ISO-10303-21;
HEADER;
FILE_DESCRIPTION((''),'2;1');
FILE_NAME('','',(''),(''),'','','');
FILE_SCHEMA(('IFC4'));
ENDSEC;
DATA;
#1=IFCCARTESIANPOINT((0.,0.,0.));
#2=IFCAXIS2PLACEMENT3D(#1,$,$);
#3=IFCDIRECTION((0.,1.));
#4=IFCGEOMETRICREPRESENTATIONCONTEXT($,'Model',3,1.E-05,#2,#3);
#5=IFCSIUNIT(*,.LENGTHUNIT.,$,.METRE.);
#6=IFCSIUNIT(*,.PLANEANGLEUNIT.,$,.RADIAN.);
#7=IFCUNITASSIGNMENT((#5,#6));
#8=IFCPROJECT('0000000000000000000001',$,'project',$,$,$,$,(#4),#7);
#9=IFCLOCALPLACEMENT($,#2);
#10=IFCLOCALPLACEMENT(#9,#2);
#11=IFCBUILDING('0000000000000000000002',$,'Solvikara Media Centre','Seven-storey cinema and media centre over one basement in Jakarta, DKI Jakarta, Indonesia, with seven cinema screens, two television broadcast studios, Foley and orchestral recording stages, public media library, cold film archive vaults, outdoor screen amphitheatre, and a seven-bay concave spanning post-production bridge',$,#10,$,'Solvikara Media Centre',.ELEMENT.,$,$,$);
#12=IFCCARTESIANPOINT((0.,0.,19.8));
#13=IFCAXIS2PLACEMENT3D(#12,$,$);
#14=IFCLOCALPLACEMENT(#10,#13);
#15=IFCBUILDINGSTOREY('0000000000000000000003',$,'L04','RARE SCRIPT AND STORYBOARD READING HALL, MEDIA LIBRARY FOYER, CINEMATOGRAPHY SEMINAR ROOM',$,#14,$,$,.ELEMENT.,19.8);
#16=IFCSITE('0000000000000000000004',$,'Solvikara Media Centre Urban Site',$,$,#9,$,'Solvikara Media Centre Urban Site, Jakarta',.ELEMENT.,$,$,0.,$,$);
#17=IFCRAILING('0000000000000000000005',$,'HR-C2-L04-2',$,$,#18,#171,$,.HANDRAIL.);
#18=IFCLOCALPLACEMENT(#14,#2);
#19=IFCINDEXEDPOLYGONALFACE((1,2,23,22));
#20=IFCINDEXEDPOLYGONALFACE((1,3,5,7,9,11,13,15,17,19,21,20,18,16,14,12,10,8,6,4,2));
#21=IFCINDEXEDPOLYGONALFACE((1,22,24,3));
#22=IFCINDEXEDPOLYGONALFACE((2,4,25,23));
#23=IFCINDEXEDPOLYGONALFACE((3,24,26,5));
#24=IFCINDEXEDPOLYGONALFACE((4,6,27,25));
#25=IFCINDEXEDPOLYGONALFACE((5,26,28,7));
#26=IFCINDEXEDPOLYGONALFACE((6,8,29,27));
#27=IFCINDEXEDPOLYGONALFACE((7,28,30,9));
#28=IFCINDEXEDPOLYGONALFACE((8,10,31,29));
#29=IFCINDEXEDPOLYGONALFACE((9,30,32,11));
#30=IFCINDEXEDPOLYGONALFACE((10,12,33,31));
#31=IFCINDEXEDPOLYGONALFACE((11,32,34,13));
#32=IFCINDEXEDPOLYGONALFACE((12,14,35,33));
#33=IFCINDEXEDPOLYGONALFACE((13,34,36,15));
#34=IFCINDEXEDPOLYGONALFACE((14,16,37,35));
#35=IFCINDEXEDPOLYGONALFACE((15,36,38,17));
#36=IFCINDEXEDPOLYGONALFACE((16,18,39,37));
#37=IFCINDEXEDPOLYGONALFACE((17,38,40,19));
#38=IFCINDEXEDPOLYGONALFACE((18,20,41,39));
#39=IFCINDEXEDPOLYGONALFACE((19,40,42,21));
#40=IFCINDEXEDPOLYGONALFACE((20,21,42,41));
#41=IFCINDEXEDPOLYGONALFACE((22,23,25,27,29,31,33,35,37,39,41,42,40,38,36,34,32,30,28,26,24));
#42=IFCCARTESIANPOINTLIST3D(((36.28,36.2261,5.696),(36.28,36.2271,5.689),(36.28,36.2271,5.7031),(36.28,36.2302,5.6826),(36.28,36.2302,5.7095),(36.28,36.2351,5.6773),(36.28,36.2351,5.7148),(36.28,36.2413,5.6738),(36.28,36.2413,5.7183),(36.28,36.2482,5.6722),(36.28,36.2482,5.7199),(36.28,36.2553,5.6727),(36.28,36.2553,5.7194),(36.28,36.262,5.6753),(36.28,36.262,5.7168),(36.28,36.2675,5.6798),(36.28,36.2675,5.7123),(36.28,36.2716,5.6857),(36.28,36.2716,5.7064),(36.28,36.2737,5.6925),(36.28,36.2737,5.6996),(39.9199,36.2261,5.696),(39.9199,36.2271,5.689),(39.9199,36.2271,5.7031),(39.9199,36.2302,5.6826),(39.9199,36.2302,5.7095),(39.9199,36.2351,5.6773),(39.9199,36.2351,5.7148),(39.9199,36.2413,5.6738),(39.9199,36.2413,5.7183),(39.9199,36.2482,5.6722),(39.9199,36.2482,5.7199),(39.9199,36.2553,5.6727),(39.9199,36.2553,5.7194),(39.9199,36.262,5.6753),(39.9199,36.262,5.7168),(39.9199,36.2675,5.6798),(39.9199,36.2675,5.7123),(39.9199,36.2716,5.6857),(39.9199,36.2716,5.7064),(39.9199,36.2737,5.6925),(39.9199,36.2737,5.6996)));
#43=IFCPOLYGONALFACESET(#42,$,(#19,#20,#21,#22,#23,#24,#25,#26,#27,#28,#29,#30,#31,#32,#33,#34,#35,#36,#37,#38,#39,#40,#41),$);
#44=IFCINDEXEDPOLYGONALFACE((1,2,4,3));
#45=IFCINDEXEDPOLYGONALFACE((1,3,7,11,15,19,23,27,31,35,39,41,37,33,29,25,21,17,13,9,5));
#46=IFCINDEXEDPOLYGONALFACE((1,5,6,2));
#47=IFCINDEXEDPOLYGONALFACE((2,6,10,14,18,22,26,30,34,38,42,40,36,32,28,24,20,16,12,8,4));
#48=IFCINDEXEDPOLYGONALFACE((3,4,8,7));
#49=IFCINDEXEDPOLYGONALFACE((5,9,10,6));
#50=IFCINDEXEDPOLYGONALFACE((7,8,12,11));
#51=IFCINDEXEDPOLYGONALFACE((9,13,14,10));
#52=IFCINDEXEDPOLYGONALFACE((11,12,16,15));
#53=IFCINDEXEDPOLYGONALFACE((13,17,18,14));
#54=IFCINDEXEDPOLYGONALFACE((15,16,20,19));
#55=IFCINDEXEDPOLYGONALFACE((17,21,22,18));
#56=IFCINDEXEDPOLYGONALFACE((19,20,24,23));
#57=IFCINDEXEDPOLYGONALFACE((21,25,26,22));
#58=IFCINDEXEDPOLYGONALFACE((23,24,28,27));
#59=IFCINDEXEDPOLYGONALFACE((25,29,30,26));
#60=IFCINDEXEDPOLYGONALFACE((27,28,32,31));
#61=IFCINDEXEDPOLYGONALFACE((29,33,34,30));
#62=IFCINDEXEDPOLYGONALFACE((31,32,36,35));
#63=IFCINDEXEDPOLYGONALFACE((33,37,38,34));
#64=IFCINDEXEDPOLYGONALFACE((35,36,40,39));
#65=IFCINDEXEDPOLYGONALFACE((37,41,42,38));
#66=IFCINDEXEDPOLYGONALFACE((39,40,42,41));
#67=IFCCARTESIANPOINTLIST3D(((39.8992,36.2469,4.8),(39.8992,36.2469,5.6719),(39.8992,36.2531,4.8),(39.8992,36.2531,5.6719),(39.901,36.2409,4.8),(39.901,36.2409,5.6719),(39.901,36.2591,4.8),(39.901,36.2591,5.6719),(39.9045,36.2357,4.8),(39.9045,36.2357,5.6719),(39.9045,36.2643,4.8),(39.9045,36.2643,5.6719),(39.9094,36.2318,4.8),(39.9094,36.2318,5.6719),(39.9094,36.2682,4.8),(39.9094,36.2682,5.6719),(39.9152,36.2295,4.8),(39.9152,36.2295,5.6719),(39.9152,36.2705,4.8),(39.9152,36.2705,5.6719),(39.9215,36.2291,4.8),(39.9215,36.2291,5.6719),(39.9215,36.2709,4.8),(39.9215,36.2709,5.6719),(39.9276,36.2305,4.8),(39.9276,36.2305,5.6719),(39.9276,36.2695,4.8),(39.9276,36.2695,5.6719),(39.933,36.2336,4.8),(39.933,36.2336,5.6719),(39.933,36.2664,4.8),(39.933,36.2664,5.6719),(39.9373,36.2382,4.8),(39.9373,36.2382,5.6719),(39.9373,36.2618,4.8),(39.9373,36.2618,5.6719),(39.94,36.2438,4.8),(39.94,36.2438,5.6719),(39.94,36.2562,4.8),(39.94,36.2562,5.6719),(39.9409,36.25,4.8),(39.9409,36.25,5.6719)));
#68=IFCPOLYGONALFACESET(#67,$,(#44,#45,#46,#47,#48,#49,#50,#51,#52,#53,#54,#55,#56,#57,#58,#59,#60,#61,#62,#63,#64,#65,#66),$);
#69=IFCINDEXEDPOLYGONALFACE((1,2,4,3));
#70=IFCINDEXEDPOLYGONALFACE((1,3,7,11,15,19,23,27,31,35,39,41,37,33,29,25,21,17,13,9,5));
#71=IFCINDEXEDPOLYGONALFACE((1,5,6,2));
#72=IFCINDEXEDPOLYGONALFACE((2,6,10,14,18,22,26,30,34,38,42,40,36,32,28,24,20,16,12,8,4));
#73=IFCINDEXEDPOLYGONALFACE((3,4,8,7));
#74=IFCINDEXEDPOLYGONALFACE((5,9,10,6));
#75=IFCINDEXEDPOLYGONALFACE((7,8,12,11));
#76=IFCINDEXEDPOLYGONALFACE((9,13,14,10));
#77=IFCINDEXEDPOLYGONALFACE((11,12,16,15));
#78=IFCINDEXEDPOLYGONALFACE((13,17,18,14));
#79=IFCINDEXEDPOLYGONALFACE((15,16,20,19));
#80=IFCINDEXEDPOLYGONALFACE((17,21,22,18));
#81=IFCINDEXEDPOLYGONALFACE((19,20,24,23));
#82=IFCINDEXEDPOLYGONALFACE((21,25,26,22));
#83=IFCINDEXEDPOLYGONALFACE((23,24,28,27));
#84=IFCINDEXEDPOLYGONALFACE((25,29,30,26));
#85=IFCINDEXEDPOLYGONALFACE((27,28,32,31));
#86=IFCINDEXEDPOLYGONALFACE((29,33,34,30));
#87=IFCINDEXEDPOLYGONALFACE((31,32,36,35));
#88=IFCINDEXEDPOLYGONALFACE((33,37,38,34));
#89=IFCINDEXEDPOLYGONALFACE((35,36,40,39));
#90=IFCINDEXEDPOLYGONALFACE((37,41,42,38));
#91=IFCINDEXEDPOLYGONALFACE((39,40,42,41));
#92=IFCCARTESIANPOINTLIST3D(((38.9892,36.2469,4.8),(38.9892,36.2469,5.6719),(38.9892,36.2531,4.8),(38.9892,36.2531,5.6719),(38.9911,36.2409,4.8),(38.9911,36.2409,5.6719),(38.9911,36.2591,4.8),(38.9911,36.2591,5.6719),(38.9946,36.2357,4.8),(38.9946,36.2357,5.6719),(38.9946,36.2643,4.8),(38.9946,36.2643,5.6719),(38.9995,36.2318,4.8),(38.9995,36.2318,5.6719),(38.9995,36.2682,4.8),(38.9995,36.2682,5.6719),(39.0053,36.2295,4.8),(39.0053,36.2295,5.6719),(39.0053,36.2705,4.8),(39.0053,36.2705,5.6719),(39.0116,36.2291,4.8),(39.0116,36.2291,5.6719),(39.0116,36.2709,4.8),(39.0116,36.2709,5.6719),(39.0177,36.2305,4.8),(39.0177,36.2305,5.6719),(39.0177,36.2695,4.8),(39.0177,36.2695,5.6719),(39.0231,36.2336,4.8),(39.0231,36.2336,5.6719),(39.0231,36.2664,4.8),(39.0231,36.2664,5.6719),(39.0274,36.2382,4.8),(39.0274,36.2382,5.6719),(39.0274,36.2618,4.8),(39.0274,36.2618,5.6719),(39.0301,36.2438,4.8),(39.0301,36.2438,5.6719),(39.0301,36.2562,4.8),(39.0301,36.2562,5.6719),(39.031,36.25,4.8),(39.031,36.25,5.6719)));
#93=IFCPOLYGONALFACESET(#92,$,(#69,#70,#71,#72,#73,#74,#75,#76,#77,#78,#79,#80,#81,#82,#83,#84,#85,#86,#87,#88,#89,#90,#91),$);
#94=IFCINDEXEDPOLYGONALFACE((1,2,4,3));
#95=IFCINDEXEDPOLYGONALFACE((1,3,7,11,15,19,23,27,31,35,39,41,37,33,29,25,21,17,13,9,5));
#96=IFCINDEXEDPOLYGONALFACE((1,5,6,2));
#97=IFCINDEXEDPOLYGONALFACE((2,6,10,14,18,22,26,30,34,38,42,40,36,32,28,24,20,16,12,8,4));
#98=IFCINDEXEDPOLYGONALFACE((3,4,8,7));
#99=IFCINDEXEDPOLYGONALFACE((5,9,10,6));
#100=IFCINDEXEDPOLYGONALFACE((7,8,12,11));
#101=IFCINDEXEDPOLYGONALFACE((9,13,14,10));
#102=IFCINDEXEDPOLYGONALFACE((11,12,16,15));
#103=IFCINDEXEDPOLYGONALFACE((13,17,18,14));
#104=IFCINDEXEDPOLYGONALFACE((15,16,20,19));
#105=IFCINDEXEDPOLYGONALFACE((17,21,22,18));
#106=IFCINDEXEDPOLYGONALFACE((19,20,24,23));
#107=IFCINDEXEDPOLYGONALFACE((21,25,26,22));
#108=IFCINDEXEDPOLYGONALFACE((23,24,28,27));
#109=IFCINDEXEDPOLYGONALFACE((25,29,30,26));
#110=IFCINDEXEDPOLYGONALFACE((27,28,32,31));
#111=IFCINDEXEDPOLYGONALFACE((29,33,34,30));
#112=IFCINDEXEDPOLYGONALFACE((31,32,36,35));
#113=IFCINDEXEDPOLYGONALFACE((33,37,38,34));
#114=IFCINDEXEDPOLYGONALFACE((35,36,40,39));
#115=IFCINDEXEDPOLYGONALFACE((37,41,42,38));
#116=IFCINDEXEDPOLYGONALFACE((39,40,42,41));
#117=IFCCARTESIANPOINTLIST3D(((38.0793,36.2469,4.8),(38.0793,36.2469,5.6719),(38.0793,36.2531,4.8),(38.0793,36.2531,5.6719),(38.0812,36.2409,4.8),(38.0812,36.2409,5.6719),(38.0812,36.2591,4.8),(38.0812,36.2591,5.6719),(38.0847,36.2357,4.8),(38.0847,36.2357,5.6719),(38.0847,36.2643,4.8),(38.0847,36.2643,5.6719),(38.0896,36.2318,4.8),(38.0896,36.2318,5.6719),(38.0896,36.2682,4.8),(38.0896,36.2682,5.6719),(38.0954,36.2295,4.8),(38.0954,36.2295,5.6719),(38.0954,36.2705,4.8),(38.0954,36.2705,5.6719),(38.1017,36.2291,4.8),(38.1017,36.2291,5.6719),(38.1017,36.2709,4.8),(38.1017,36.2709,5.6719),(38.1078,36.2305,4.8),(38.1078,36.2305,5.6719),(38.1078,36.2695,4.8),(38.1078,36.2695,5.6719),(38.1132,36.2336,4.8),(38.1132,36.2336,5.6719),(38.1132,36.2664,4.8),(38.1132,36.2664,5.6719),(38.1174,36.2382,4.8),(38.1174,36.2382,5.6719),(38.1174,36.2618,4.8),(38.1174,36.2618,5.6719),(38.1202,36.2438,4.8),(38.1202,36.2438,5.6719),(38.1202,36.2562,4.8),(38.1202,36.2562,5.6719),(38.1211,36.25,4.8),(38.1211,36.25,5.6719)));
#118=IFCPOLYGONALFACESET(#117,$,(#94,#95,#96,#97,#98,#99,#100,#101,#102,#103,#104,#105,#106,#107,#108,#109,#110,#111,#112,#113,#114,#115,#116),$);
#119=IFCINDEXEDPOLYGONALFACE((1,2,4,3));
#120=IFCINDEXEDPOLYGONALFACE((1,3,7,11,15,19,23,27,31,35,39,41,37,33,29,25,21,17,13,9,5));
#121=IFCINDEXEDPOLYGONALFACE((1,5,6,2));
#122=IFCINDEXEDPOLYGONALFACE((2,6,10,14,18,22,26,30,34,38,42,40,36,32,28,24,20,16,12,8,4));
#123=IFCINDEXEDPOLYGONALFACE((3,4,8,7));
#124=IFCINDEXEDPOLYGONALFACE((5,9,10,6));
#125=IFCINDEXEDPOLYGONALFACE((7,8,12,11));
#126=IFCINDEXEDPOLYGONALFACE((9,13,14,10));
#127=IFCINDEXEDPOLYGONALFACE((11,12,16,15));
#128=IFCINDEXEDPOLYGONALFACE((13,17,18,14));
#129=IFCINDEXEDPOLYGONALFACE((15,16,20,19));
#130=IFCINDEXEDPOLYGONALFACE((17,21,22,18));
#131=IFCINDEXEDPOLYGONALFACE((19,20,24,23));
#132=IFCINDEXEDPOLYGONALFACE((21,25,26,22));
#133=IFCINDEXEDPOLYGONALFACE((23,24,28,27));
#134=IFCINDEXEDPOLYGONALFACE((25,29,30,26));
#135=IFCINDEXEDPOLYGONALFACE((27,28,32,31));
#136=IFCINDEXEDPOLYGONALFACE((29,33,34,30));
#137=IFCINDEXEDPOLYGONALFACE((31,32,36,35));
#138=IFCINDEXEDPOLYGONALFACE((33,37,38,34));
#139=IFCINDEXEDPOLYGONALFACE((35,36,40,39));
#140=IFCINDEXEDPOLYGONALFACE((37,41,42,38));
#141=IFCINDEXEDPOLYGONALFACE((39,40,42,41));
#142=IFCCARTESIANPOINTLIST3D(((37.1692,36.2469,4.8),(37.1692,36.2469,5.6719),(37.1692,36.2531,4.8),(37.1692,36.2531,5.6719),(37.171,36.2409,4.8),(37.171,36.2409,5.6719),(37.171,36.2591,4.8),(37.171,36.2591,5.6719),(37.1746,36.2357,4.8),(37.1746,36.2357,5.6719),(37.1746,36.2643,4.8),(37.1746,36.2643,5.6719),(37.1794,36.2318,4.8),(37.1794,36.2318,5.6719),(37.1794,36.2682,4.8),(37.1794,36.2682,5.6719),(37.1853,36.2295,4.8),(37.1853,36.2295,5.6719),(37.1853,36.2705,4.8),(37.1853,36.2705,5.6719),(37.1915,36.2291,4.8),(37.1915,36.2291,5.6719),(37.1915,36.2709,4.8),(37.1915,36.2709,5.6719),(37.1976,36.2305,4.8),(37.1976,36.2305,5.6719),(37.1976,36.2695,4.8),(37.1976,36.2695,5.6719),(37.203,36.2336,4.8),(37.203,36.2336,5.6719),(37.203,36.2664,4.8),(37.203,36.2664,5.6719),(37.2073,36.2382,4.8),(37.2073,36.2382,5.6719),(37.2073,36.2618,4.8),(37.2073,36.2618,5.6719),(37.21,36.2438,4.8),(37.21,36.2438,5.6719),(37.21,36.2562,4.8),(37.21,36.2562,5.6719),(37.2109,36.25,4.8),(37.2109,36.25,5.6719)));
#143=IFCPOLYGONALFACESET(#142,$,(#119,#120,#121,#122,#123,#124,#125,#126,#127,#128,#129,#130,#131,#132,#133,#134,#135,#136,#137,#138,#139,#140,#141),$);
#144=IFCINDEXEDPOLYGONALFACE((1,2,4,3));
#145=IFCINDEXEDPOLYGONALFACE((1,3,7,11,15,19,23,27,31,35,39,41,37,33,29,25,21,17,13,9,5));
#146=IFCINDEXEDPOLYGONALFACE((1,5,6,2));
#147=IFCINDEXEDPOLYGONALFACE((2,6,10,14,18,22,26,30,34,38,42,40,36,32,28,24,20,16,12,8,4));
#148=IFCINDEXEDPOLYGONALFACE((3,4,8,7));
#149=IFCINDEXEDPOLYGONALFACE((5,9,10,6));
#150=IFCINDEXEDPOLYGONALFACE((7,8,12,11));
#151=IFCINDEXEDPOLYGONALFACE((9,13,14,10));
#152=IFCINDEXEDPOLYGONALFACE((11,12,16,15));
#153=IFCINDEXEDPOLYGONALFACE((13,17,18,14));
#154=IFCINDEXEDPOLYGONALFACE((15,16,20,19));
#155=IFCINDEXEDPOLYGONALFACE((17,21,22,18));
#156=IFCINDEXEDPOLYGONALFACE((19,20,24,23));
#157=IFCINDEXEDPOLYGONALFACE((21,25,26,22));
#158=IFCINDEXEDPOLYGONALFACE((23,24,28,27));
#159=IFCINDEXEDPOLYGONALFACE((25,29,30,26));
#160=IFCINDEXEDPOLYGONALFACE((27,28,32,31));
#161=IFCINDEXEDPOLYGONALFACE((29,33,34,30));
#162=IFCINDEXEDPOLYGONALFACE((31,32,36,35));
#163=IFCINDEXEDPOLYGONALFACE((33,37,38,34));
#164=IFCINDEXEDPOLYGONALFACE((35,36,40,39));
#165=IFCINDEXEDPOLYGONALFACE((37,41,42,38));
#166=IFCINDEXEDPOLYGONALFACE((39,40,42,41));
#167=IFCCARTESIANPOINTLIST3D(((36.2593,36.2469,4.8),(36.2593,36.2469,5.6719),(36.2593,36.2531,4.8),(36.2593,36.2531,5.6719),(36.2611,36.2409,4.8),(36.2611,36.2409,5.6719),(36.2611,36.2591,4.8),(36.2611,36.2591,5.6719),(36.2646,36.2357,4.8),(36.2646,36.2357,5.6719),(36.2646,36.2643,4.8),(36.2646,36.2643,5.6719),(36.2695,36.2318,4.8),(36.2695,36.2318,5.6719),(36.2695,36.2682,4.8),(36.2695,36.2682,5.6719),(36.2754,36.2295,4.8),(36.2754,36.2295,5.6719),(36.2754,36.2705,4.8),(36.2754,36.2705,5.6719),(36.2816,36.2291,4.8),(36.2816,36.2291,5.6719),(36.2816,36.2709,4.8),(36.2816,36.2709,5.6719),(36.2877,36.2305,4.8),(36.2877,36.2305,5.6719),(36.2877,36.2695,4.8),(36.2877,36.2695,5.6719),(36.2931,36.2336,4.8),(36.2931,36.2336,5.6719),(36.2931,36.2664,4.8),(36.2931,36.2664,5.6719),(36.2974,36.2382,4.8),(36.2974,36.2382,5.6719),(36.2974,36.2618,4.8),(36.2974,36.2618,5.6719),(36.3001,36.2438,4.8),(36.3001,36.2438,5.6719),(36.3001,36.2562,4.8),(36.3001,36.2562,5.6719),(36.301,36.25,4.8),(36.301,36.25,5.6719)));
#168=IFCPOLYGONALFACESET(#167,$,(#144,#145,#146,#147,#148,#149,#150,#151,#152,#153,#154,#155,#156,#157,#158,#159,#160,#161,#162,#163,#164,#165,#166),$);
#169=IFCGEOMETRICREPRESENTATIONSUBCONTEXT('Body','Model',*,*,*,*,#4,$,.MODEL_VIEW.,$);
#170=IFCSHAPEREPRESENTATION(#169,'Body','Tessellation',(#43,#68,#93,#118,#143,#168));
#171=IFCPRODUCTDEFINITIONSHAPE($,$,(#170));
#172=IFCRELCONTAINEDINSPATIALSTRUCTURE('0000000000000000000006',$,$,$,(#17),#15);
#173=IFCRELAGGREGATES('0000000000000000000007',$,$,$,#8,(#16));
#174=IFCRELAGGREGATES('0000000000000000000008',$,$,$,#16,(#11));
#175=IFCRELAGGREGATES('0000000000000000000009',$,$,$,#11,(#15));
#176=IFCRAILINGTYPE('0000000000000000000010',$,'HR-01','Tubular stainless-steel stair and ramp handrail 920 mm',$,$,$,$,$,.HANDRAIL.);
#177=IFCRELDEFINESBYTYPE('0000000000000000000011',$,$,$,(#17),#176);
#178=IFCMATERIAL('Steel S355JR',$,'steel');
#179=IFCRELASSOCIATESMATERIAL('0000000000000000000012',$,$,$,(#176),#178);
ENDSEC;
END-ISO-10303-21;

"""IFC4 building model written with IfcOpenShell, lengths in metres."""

from ifc_helpers import new_model, si_unit, direction, frame, origin, origin_2d, place, context, subcontext, project, spatial, circle, extrude, material, type_object, element, save


model = new_model("IFC4")

# Units and contexts
model_context = context("Model", 3, precision=1e-05, world=origin(), true_north=direction((0.0, 1.0)))
body_context = subcontext(model_context, "Body", "Model", "MODEL_VIEW")
ifc_project = project(units=[si_unit("LENGTHUNIT", "METRE"), si_unit("PLANEANGLEUNIT", "RADIAN")], contexts=[model_context])

# Site, building, storey
site_placement = place(None, origin())
site = spatial("IfcSite", under=ifc_project, at=site_placement, Name="Solvikara Media Centre Urban Site", LongName="Solvikara Media Centre Urban Site, Jakarta", CompositionType="ELEMENT", RefElevation=0.0)
building_placement = place(site_placement, origin())
building = spatial("IfcBuilding", under=site, at=building_placement, Name="Solvikara Media Centre", Description="Seven-storey cinema and media centre over one basement in Jakarta, DKI Jakarta, Indonesia, with seven cinema screens, two television broadcast studios, Foley and orchestral recording stages, public media library, cold film archive vaults, outdoor screen amphitheatre, and a seven-bay concave spanning post-production bridge", LongName="Solvikara Media Centre", CompositionType="ELEMENT")
storey_placement = place(building_placement, frame((0.0, 0.0, 19.8)))
storey = spatial("IfcBuildingStorey", under=building, at=storey_placement, Name="L04", Description="RARE SCRIPT AND STORYBOARD READING HALL, MEDIA LIBRARY FOYER, CINEMATOGRAPHY SEMINAR ROOM", CompositionType="ELEMENT", Elevation=19.8)

# Shared definitions
ifc_material_1 = material(Name="Steel S355JR", Category="steel")

# Railing
railing_type_1 = type_object("IfcRailingType", Name="HR-01", Description="Tubular stainless-steel stair and ramp handrail 920 mm", PredefinedType="HANDRAIL", material=ifc_material_1)
railing_1_placement = place(storey_placement, frame((39.9199, 36.25, 4.8)))
element("IfcRailing", 1, at=railing_1_placement, inside=storey, type_object=railing_type_1, Name="HR-C2-L04-2", PredefinedType="HANDRAIL", context=body_context, shape_type="SweptSolid", body=[
    extrude(circle(Radius=0.0239, at=origin_2d()), frame((0.0, 0.0, 0.896), z_axis=(-1.0, 0.0, 0.0), x_axis=(0.0, -1.0, 0.0)), (0.0, 0.0, 1.0), 3.6399),
    extrude(circle(Radius=0.021, at=origin_2d()), origin(), (0.0, 0.0, 1.0), 0.8718),
    extrude(circle(Radius=0.021, at=origin_2d()), frame((-0.9099, 0.0, 0.0)), (0.0, 0.0, 1.0), 0.8718),
    extrude(circle(Radius=0.021, at=origin_2d()), frame((-1.8198, 0.0, 0.0)), (0.0, 0.0, 1.0), 0.8718),
    extrude(circle(Radius=0.021, at=origin_2d()), frame((-2.73, 0.0, 0.0)), (0.0, 0.0, 1.0), 0.8718),
    extrude(circle(Radius=0.021, at=origin_2d()), frame((-3.6399, 0.0, 0.0)), (0.0, 0.0, 1.0), 0.8718),
])

save(model, "model.ifc")
